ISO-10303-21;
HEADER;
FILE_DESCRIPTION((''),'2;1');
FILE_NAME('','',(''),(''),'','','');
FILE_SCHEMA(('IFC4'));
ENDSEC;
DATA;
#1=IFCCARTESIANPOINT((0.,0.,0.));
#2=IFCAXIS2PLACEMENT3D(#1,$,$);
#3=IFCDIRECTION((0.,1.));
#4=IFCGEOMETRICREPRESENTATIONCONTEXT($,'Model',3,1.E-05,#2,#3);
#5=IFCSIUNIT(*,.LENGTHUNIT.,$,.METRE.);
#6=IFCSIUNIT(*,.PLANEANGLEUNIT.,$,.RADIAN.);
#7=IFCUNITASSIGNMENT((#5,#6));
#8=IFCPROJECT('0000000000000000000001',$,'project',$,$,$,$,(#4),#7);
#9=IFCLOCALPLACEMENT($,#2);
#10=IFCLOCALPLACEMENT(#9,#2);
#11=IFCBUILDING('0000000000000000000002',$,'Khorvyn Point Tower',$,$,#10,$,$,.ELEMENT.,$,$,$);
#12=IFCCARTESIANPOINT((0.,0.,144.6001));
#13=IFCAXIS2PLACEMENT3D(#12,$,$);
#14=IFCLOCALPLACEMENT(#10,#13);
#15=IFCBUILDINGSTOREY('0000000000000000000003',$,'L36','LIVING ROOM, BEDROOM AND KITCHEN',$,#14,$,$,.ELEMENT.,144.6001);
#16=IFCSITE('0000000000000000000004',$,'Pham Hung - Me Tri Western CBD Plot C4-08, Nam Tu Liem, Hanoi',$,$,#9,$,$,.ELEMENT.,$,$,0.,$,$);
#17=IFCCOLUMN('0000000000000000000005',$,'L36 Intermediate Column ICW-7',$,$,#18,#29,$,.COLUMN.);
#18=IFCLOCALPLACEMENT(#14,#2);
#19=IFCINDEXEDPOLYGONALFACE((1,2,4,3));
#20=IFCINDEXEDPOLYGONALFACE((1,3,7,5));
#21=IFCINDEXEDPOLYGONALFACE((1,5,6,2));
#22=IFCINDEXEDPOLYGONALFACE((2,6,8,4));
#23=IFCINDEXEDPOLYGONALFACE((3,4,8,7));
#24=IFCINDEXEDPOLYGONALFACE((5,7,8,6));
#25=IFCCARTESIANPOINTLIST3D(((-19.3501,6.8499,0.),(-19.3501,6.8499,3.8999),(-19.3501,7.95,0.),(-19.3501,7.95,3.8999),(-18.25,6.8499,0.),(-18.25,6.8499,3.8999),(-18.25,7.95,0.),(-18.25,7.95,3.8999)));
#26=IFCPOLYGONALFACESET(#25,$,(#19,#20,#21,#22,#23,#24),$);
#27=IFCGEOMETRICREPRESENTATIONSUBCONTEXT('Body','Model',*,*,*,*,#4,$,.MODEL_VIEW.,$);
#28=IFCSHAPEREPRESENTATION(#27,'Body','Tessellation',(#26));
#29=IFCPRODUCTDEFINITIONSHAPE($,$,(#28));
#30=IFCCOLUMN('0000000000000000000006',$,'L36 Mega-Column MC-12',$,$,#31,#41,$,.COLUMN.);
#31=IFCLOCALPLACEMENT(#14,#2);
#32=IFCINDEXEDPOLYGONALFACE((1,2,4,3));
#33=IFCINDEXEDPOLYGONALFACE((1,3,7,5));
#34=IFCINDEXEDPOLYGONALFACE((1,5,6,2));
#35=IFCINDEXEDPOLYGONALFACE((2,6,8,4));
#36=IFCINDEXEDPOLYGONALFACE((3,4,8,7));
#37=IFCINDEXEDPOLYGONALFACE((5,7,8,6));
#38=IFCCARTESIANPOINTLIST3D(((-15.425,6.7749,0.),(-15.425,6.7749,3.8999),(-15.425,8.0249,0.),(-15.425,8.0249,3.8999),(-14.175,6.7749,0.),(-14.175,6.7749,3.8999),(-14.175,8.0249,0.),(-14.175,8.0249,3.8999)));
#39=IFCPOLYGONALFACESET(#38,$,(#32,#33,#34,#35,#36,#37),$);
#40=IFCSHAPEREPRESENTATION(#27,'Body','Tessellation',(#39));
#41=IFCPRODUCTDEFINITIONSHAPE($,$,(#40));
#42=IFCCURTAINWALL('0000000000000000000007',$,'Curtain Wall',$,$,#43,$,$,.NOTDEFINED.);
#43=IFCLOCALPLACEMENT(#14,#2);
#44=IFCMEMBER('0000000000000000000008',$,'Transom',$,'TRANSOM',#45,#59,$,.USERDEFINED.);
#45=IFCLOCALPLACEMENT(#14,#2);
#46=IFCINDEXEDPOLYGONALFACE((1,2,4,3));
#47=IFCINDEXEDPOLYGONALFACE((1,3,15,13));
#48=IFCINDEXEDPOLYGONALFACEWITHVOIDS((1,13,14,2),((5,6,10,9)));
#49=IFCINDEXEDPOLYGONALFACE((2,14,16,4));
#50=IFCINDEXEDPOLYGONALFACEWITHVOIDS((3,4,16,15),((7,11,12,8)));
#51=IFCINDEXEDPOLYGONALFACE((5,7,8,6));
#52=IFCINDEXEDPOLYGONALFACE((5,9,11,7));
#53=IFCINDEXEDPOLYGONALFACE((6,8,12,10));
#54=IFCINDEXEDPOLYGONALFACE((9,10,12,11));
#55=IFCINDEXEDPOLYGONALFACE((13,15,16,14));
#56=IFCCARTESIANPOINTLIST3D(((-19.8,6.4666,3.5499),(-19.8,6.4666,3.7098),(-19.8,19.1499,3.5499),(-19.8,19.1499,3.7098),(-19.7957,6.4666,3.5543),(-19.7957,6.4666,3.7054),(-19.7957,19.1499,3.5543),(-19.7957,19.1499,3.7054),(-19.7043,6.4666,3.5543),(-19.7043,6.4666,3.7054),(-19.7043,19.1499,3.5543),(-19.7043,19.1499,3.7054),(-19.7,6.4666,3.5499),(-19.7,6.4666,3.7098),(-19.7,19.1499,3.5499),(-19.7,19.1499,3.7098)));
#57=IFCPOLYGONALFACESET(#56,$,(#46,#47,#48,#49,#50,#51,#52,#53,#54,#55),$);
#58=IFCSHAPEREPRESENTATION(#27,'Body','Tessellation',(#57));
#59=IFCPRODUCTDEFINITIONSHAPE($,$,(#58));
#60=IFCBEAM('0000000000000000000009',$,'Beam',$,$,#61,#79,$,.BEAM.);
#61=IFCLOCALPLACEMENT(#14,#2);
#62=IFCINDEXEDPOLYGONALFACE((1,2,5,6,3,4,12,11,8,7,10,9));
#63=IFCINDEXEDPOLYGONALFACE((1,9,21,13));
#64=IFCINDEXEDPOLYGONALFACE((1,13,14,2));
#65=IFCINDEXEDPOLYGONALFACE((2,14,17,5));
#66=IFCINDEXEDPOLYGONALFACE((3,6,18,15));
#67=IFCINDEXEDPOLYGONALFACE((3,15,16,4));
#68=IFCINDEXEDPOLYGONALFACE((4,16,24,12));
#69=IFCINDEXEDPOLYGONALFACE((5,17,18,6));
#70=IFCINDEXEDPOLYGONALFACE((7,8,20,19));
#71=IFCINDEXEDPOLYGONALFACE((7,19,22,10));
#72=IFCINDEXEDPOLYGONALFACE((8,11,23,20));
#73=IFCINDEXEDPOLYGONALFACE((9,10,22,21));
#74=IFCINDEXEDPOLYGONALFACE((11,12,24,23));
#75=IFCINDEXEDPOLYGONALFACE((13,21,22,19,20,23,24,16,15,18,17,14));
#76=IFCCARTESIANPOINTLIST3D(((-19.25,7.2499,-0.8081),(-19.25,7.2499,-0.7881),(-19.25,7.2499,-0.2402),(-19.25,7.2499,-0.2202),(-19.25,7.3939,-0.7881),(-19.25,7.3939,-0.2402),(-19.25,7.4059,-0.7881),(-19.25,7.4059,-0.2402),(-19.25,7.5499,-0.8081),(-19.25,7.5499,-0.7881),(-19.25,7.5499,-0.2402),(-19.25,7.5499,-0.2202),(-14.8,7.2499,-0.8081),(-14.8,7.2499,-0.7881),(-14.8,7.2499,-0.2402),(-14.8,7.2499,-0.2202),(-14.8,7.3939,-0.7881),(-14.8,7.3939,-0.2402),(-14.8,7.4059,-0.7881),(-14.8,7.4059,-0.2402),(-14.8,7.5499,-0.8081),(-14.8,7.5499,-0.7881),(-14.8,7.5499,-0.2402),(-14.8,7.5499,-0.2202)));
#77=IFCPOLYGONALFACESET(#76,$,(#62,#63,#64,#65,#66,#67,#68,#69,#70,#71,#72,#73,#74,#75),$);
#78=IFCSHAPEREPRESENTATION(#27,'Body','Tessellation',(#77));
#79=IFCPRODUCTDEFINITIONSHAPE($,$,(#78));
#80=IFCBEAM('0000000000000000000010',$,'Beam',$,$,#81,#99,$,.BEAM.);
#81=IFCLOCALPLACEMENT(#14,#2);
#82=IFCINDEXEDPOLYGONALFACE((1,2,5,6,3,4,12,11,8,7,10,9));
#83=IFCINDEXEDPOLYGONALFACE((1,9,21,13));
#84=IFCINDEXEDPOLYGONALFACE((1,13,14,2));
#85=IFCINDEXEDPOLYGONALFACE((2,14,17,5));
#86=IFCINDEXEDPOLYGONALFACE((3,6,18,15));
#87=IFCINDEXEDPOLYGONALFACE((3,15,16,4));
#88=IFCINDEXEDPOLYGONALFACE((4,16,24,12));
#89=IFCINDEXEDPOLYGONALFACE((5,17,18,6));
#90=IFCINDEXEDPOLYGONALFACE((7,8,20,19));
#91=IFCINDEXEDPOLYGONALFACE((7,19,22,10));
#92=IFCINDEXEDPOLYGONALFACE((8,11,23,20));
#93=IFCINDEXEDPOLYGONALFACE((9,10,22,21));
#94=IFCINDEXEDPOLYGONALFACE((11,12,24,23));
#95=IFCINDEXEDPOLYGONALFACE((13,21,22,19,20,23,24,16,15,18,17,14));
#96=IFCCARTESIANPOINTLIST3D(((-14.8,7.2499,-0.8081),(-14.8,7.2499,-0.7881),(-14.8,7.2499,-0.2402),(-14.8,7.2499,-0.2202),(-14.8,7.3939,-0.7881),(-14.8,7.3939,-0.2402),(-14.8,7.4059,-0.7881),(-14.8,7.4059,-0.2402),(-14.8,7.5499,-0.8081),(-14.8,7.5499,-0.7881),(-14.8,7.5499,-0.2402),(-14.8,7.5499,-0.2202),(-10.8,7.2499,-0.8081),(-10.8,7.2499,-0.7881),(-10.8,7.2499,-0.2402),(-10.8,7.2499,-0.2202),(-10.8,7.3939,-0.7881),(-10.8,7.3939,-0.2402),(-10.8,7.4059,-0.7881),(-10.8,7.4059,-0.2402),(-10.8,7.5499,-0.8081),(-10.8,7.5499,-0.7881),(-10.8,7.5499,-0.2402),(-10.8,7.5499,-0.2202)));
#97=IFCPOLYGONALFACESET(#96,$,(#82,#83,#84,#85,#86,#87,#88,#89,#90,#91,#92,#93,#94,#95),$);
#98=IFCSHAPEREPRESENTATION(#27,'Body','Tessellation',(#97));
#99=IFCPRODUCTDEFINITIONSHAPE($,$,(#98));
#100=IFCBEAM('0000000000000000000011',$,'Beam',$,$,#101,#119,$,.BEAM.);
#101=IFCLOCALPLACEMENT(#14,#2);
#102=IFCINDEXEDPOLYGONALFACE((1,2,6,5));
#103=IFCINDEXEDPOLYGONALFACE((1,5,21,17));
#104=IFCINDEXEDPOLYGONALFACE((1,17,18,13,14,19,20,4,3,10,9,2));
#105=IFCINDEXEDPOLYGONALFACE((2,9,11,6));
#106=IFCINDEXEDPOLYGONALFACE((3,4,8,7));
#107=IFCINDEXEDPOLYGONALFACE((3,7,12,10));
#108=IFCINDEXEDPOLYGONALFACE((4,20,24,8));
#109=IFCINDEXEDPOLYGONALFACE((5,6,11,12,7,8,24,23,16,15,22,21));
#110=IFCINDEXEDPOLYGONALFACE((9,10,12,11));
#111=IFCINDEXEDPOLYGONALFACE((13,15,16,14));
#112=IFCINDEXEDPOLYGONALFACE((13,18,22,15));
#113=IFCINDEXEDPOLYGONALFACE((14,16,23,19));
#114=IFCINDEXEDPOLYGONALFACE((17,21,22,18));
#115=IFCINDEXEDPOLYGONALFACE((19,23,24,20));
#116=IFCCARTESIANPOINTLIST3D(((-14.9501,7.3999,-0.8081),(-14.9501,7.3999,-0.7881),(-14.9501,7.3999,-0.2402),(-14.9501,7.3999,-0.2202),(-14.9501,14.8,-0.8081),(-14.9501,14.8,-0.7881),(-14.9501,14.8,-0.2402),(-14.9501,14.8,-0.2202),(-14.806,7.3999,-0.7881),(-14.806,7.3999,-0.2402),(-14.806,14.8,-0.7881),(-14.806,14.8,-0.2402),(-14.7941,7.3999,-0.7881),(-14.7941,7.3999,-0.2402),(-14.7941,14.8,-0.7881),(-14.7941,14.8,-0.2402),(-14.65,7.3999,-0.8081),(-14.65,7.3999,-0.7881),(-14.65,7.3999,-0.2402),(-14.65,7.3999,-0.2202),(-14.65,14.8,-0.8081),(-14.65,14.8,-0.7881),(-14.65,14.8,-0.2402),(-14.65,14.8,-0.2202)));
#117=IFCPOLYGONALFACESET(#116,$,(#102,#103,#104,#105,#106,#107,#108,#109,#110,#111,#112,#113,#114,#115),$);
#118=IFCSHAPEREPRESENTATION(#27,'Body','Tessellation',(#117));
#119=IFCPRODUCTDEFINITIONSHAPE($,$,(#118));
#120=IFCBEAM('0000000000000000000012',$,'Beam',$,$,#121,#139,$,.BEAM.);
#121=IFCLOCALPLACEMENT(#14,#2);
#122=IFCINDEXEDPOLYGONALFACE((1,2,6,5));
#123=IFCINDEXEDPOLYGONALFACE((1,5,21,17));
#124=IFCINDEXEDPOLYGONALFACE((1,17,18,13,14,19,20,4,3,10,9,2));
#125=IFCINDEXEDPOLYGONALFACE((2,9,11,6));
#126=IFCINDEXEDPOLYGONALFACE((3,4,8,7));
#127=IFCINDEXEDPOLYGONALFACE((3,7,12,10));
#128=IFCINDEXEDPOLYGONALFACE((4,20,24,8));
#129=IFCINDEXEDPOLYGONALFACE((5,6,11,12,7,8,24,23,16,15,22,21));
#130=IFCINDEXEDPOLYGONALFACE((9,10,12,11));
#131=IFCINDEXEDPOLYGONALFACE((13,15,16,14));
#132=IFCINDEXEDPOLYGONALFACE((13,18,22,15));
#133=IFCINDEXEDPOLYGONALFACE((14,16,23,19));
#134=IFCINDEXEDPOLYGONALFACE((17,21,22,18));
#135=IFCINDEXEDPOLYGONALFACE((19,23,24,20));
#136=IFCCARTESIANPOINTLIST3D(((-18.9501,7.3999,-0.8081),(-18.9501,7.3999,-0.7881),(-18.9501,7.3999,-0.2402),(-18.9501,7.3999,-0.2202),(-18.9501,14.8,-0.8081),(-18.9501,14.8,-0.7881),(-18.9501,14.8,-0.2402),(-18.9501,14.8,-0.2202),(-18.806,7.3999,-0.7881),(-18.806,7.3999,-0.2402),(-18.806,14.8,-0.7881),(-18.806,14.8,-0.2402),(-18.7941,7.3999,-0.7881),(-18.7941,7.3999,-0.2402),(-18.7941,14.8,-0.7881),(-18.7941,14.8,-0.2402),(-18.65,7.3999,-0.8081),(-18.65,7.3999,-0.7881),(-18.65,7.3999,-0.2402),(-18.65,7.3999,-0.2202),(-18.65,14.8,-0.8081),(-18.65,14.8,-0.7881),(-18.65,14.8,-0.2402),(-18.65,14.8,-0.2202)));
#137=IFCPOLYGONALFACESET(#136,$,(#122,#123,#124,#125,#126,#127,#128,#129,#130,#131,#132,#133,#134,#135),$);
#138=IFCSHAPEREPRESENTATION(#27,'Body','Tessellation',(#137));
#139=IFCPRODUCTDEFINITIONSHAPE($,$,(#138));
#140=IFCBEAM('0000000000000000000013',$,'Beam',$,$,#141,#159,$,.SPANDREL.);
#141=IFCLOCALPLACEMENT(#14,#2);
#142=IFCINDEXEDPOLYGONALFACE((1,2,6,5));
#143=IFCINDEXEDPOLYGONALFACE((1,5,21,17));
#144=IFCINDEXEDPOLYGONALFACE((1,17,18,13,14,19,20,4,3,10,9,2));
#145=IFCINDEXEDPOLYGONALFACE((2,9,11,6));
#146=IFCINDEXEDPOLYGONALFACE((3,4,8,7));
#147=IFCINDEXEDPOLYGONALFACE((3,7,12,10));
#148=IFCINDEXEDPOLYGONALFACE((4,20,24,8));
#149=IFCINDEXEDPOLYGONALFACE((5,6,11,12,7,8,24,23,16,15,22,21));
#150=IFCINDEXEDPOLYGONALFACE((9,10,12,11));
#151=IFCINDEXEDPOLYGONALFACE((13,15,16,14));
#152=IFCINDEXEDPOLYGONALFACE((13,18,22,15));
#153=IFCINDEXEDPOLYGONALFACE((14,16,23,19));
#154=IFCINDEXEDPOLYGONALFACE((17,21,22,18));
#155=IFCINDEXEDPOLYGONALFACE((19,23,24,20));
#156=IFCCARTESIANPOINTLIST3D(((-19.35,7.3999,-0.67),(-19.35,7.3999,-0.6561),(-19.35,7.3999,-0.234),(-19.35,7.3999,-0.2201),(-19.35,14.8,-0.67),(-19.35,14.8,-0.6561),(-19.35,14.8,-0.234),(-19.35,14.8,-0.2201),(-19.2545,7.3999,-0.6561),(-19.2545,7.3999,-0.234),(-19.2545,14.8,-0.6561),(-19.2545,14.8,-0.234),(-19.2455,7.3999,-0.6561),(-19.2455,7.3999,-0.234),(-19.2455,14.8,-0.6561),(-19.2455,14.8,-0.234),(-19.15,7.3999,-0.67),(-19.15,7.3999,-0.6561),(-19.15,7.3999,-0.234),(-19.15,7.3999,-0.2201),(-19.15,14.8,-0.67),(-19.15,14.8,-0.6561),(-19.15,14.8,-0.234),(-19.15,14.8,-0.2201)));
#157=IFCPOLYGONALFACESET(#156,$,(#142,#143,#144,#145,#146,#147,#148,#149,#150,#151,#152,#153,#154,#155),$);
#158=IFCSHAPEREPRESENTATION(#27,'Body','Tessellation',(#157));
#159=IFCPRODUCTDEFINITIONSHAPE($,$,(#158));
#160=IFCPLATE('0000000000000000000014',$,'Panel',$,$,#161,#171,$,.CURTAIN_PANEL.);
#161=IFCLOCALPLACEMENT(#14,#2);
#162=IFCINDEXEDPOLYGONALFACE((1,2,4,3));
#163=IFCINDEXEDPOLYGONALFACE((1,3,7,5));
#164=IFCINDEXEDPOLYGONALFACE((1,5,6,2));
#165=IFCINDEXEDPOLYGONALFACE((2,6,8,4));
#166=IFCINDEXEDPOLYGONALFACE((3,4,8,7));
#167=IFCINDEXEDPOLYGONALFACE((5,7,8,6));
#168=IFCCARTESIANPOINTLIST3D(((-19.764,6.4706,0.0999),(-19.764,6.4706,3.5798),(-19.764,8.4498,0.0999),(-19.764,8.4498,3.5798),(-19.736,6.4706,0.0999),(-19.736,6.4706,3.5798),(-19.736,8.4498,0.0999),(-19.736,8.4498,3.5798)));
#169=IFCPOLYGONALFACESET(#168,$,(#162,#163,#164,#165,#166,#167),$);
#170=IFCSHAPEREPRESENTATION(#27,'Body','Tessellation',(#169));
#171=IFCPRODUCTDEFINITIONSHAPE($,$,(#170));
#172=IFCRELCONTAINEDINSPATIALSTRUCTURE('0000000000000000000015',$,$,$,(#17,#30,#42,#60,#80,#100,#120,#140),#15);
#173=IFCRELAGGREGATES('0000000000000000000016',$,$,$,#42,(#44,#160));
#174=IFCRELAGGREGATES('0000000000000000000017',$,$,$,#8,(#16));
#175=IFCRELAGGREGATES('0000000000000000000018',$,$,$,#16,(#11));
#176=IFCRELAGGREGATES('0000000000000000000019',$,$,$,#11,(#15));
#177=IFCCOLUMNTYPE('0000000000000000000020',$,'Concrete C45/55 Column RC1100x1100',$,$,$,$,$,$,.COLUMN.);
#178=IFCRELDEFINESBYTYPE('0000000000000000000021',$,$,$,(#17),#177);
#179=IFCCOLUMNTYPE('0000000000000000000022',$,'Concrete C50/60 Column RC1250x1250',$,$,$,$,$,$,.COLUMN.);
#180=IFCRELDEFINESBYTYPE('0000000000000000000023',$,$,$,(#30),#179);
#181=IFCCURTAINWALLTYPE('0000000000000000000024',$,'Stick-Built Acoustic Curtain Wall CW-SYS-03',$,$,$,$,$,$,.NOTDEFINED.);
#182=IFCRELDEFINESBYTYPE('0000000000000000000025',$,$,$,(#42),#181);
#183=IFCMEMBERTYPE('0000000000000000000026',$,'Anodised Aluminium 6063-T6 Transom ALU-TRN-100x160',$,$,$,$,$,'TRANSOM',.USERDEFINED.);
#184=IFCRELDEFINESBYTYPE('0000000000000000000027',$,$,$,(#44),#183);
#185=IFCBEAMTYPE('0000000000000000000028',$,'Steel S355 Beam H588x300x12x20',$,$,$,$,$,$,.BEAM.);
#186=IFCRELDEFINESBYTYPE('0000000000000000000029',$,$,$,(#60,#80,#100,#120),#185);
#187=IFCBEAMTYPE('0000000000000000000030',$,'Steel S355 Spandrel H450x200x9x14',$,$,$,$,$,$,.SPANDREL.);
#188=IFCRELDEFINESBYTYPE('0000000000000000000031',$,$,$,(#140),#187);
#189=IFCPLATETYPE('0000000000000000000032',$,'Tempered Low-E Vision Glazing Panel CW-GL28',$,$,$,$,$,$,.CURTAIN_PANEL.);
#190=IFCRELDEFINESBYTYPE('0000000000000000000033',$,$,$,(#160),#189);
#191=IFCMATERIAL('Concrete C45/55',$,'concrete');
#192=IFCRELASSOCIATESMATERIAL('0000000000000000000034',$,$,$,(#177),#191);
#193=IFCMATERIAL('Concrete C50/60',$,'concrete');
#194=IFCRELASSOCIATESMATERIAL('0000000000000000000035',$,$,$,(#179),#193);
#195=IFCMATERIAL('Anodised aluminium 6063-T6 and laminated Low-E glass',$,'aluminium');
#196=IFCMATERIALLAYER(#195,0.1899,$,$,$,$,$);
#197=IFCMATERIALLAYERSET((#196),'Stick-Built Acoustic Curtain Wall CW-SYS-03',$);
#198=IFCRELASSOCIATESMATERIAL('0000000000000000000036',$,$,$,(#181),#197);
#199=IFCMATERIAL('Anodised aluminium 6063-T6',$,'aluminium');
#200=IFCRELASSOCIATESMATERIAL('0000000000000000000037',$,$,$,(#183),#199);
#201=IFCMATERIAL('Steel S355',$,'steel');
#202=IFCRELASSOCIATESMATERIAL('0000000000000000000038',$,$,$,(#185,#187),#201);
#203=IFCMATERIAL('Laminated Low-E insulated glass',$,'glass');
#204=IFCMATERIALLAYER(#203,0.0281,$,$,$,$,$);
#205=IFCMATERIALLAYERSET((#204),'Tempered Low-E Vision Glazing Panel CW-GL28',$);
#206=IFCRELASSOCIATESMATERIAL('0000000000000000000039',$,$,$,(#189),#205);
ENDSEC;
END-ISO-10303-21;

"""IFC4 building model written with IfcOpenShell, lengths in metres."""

from ifc_helpers import new_model, si_unit, direction, frame, origin, origin_2d, place, context, subcontext, project, spatial, rectangle, hollow_rectangle, i_section, extrude, material, layer, layer_set, material_profile, profile_set, type_object, element, aggregate, save


model = new_model("IFC4")

# Units and contexts
model_context = context("Model", 3, precision=1e-05, world=origin(), true_north=direction((0.0, 1.0)))
body_context = subcontext(model_context, "Body", "Model", "MODEL_VIEW")
ifc_project = project(units=[si_unit("LENGTHUNIT", "METRE"), si_unit("PLANEANGLEUNIT", "RADIAN")], contexts=[model_context])

# Site, building, storey
site_placement = place(None, origin())
site = spatial("IfcSite", under=ifc_project, at=site_placement, Name="Pham Hung - Me Tri Western CBD Plot C4-08, Nam Tu Liem, Hanoi", CompositionType="ELEMENT", RefElevation=0.0)
building_placement = place(site_placement, origin())
building = spatial("IfcBuilding", under=site, at=building_placement, Name="Khorvyn Point Tower", CompositionType="ELEMENT")
storey_placement = place(building_placement, frame((0.0, 0.0, 144.6001)))
storey = spatial("IfcBuildingStorey", under=building, at=storey_placement, Name="L36", Description="LIVING ROOM, BEDROOM AND KITCHEN", CompositionType="ELEMENT", Elevation=144.6001)

# Columns
ifc_material_1 = material(Name="Concrete C45/55", Category="concrete")
ifc_material_profile_1 = material_profile(ifc_material_1, rectangle(XDim=1.1001, YDim=1.1001, at=origin_2d()))
ifc_profile_set_1 = profile_set([ifc_material_profile_1], Name="Concrete C45/55 RC1100x1100")
column_type_1 = type_object("IfcColumnType", Name="Concrete C45/55 Column RC1100x1100", PredefinedType="COLUMN", material=ifc_profile_set_1)
column_1_placement = place(storey_placement, frame((-18.8, 7.3999, 0.0), z_axis=(0.0, 0.0, 1.0), x_axis=(1.0, 0.0, 0.0)))
element("IfcColumn", 1, at=column_1_placement, inside=storey, type_object=column_type_1, Name="L36 Intermediate Column ICW-7", PredefinedType="COLUMN", context=body_context, shape_type="SweptSolid", body=[
    extrude(rectangle(XDim=1.1001, YDim=1.1001, at=origin_2d()), origin(), (0.0, 0.0, 1.0), 3.8999),
])
ifc_material_2 = material(Name="Concrete C50/60", Category="concrete")
ifc_material_profile_2 = material_profile(ifc_material_2, rectangle(XDim=1.25, YDim=1.25, at=origin_2d()))
ifc_profile_set_2 = profile_set([ifc_material_profile_2], Name="Concrete C50/60 RC1250x1250")
column_type_2 = type_object("IfcColumnType", Name="Concrete C50/60 Column RC1250x1250", PredefinedType="COLUMN", material=ifc_profile_set_2)
column_2_placement = place(storey_placement, frame((-14.8, 7.3999, 0.0), z_axis=(0.0, 0.0, 1.0), x_axis=(1.0, 0.0, 0.0)))
element("IfcColumn", 2, at=column_2_placement, inside=storey, type_object=column_type_2, Name="L36 Mega-Column MC-12", PredefinedType="COLUMN", context=body_context, shape_type="SweptSolid", body=[
    extrude(rectangle(XDim=1.25, YDim=1.25, at=origin_2d()), origin(), (0.0, 0.0, 1.0), 3.8999),
])

# Curtain wall, member
ifc_material_3 = material(Name="Anodised aluminium 6063-T6 and laminated Low-E glass", Category="aluminium")
ifc_layer_1 = layer(ifc_material_3, 0.1899)
ifc_layer_set_1 = layer_set([ifc_layer_1], Name="Stick-Built Acoustic Curtain Wall CW-SYS-03")
curtain_wall_type = type_object("IfcCurtainWallType", Name="Stick-Built Acoustic Curtain Wall CW-SYS-03", PredefinedType="NOTDEFINED", material=ifc_layer_set_1)
curtain_wall_placement = place(storey_placement, origin())
curtain_wall = element("IfcCurtainWall", 3, at=curtain_wall_placement, inside=storey, type_object=curtain_wall_type, Name="Curtain Wall", PredefinedType="NOTDEFINED")
ifc_material_4 = material(Name="Anodised aluminium 6063-T6", Category="aluminium")
ifc_material_profile_3 = material_profile(ifc_material_4, hollow_rectangle(XDim=0.1001, YDim=0.1599, WallThickness=0.0044, at=origin_2d()))
ifc_profile_set_3 = profile_set([ifc_material_profile_3], Name="Anodised aluminium 6063-T6 ALU-TRN-100x160")
member_type = type_object("IfcMemberType", Name="Anodised Aluminium 6063-T6 Transom ALU-TRN-100x160", ElementType="TRANSOM", PredefinedType="USERDEFINED", material=ifc_profile_set_3)
member_placement = place(storey_placement, frame((-19.75, 6.4666, 3.6299), z_axis=(0.0, 1.0, 0.0), x_axis=(-1.0, 0.0, 0.0)))
member = element("IfcMember", 4, at=member_placement, type_object=member_type, Name="Transom", ObjectType="TRANSOM", PredefinedType="USERDEFINED", context=body_context, shape_type="SweptSolid", body=[
    extrude(hollow_rectangle(XDim=0.1001, YDim=0.1599, WallThickness=0.0044, at=origin_2d()), origin(), (0.0, 0.0, 1.0), 12.6833),
])

# Beams
ifc_material_5 = material(Name="Steel S355", Category="steel")
ifc_material_profile_4 = material_profile(ifc_material_5, i_section(OverallWidth=0.3, OverallDepth=0.5879, WebThickness=0.012, FlangeThickness=0.02, at=origin_2d()))
ifc_profile_set_4 = profile_set([ifc_material_profile_4], Name="Steel S355 H588x300x12x20")
beam_type_1 = type_object("IfcBeamType", Name="Steel S355 Beam H588x300x12x20", PredefinedType="BEAM", material=ifc_profile_set_4)
beam_1_placement = place(storey_placement, frame((-19.25, 7.3999, -0.5142), z_axis=(1.0, 0.0, 0.0), x_axis=(0.0, 1.0, 0.0)))
element("IfcBeam", 5, at=beam_1_placement, inside=storey, type_object=beam_type_1, Name="Beam", PredefinedType="BEAM", context=body_context, shape_type="SweptSolid", body=[
    extrude(i_section(OverallWidth=0.3, OverallDepth=0.5879, WebThickness=0.012, FlangeThickness=0.02, at=origin_2d()), origin(), (0.0, 0.0, 1.0), 4.45),
])
beam_2_placement = place(storey_placement, frame((-14.8, 7.3999, -0.5142), z_axis=(1.0, 0.0, 0.0), x_axis=(0.0, 1.0, 0.0)))
element("IfcBeam", 6, at=beam_2_placement, inside=storey, type_object=beam_type_1, Name="Beam", PredefinedType="BEAM", context=body_context, shape_type="SweptSolid", body=[
    extrude(i_section(OverallWidth=0.3, OverallDepth=0.5879, WebThickness=0.012, FlangeThickness=0.02, at=origin_2d()), origin(), (0.0, 0.0, 1.0), 4.0),
])
for number, where, z_axis, x_axis, name in (
    (7, (-14.8, 7.3999, -0.5142), (0.0, 1.0, 0.0), (-1.0, 0.0, 0.0), "Beam"),
    (8, (-18.8, 7.3999, -0.5142), (0.0, 1.0, 0.0), (-1.0, 0.0, 0.0), "Beam"),
):
    element("IfcBeam", number, at=place(storey_placement, frame(where, z_axis=z_axis, x_axis=x_axis)), inside=storey, type_object=beam_type_1, Name=name, PredefinedType="BEAM", context=body_context, shape_type="SweptSolid", body=[
        extrude(i_section(OverallWidth=0.3, OverallDepth=0.5879, WebThickness=0.012, FlangeThickness=0.02, at=origin_2d()), origin(), (0.0, 0.0, 1.0), 7.4001),
    ])
ifc_material_profile_5 = material_profile(ifc_material_5, i_section(OverallWidth=0.2, OverallDepth=0.45, WebThickness=0.009, FlangeThickness=0.0139, at=origin_2d()))
ifc_profile_set_5 = profile_set([ifc_material_profile_5], Name="Steel S355 H450x200x9x14")
beam_type_2 = type_object("IfcBeamType", Name="Steel S355 Spandrel H450x200x9x14", PredefinedType="SPANDREL", material=ifc_profile_set_5)
beam_3_placement = place(storey_placement, frame((-19.25, 7.3999, -0.4451), z_axis=(0.0, 1.0, 0.0), x_axis=(-1.0, 0.0, 0.0)))
element("IfcBeam", 9, at=beam_3_placement, inside=storey, type_object=beam_type_2, Name="Beam", PredefinedType="SPANDREL", context=body_context, shape_type="SweptSolid", body=[
    extrude(i_section(OverallWidth=0.2, OverallDepth=0.45, WebThickness=0.009, FlangeThickness=0.0139, at=origin_2d()), origin(), (0.0, 0.0, 1.0), 7.4001),
])

# Plate
ifc_material_6 = material(Name="Laminated Low-E insulated glass", Category="glass")
ifc_layer_2 = layer(ifc_material_6, 0.0281)
ifc_layer_set_2 = layer_set([ifc_layer_2], Name="Tempered Low-E Vision Glazing Panel CW-GL28")
plate_type = type_object("IfcPlateType", Name="Tempered Low-E Vision Glazing Panel CW-GL28", PredefinedType="CURTAIN_PANEL", material=ifc_layer_set_2)
plate_placement = place(storey_placement, frame((-19.75, 7.4602, 0.0999), z_axis=(0.0, 0.0, 1.0), x_axis=(0.0, 1.0, 0.0)))
plate = element("IfcPlate", 10, at=plate_placement, type_object=plate_type, Name="Panel", PredefinedType="CURTAIN_PANEL", context=body_context, shape_type="SweptSolid", body=[
    extrude(rectangle(XDim=1.9792, YDim=0.0281, at=origin_2d()), origin(), (0.0, 0.0, 1.0), 3.48),
])
aggregate(curtain_wall, [member, plate])

save(model, "model.ifc")
